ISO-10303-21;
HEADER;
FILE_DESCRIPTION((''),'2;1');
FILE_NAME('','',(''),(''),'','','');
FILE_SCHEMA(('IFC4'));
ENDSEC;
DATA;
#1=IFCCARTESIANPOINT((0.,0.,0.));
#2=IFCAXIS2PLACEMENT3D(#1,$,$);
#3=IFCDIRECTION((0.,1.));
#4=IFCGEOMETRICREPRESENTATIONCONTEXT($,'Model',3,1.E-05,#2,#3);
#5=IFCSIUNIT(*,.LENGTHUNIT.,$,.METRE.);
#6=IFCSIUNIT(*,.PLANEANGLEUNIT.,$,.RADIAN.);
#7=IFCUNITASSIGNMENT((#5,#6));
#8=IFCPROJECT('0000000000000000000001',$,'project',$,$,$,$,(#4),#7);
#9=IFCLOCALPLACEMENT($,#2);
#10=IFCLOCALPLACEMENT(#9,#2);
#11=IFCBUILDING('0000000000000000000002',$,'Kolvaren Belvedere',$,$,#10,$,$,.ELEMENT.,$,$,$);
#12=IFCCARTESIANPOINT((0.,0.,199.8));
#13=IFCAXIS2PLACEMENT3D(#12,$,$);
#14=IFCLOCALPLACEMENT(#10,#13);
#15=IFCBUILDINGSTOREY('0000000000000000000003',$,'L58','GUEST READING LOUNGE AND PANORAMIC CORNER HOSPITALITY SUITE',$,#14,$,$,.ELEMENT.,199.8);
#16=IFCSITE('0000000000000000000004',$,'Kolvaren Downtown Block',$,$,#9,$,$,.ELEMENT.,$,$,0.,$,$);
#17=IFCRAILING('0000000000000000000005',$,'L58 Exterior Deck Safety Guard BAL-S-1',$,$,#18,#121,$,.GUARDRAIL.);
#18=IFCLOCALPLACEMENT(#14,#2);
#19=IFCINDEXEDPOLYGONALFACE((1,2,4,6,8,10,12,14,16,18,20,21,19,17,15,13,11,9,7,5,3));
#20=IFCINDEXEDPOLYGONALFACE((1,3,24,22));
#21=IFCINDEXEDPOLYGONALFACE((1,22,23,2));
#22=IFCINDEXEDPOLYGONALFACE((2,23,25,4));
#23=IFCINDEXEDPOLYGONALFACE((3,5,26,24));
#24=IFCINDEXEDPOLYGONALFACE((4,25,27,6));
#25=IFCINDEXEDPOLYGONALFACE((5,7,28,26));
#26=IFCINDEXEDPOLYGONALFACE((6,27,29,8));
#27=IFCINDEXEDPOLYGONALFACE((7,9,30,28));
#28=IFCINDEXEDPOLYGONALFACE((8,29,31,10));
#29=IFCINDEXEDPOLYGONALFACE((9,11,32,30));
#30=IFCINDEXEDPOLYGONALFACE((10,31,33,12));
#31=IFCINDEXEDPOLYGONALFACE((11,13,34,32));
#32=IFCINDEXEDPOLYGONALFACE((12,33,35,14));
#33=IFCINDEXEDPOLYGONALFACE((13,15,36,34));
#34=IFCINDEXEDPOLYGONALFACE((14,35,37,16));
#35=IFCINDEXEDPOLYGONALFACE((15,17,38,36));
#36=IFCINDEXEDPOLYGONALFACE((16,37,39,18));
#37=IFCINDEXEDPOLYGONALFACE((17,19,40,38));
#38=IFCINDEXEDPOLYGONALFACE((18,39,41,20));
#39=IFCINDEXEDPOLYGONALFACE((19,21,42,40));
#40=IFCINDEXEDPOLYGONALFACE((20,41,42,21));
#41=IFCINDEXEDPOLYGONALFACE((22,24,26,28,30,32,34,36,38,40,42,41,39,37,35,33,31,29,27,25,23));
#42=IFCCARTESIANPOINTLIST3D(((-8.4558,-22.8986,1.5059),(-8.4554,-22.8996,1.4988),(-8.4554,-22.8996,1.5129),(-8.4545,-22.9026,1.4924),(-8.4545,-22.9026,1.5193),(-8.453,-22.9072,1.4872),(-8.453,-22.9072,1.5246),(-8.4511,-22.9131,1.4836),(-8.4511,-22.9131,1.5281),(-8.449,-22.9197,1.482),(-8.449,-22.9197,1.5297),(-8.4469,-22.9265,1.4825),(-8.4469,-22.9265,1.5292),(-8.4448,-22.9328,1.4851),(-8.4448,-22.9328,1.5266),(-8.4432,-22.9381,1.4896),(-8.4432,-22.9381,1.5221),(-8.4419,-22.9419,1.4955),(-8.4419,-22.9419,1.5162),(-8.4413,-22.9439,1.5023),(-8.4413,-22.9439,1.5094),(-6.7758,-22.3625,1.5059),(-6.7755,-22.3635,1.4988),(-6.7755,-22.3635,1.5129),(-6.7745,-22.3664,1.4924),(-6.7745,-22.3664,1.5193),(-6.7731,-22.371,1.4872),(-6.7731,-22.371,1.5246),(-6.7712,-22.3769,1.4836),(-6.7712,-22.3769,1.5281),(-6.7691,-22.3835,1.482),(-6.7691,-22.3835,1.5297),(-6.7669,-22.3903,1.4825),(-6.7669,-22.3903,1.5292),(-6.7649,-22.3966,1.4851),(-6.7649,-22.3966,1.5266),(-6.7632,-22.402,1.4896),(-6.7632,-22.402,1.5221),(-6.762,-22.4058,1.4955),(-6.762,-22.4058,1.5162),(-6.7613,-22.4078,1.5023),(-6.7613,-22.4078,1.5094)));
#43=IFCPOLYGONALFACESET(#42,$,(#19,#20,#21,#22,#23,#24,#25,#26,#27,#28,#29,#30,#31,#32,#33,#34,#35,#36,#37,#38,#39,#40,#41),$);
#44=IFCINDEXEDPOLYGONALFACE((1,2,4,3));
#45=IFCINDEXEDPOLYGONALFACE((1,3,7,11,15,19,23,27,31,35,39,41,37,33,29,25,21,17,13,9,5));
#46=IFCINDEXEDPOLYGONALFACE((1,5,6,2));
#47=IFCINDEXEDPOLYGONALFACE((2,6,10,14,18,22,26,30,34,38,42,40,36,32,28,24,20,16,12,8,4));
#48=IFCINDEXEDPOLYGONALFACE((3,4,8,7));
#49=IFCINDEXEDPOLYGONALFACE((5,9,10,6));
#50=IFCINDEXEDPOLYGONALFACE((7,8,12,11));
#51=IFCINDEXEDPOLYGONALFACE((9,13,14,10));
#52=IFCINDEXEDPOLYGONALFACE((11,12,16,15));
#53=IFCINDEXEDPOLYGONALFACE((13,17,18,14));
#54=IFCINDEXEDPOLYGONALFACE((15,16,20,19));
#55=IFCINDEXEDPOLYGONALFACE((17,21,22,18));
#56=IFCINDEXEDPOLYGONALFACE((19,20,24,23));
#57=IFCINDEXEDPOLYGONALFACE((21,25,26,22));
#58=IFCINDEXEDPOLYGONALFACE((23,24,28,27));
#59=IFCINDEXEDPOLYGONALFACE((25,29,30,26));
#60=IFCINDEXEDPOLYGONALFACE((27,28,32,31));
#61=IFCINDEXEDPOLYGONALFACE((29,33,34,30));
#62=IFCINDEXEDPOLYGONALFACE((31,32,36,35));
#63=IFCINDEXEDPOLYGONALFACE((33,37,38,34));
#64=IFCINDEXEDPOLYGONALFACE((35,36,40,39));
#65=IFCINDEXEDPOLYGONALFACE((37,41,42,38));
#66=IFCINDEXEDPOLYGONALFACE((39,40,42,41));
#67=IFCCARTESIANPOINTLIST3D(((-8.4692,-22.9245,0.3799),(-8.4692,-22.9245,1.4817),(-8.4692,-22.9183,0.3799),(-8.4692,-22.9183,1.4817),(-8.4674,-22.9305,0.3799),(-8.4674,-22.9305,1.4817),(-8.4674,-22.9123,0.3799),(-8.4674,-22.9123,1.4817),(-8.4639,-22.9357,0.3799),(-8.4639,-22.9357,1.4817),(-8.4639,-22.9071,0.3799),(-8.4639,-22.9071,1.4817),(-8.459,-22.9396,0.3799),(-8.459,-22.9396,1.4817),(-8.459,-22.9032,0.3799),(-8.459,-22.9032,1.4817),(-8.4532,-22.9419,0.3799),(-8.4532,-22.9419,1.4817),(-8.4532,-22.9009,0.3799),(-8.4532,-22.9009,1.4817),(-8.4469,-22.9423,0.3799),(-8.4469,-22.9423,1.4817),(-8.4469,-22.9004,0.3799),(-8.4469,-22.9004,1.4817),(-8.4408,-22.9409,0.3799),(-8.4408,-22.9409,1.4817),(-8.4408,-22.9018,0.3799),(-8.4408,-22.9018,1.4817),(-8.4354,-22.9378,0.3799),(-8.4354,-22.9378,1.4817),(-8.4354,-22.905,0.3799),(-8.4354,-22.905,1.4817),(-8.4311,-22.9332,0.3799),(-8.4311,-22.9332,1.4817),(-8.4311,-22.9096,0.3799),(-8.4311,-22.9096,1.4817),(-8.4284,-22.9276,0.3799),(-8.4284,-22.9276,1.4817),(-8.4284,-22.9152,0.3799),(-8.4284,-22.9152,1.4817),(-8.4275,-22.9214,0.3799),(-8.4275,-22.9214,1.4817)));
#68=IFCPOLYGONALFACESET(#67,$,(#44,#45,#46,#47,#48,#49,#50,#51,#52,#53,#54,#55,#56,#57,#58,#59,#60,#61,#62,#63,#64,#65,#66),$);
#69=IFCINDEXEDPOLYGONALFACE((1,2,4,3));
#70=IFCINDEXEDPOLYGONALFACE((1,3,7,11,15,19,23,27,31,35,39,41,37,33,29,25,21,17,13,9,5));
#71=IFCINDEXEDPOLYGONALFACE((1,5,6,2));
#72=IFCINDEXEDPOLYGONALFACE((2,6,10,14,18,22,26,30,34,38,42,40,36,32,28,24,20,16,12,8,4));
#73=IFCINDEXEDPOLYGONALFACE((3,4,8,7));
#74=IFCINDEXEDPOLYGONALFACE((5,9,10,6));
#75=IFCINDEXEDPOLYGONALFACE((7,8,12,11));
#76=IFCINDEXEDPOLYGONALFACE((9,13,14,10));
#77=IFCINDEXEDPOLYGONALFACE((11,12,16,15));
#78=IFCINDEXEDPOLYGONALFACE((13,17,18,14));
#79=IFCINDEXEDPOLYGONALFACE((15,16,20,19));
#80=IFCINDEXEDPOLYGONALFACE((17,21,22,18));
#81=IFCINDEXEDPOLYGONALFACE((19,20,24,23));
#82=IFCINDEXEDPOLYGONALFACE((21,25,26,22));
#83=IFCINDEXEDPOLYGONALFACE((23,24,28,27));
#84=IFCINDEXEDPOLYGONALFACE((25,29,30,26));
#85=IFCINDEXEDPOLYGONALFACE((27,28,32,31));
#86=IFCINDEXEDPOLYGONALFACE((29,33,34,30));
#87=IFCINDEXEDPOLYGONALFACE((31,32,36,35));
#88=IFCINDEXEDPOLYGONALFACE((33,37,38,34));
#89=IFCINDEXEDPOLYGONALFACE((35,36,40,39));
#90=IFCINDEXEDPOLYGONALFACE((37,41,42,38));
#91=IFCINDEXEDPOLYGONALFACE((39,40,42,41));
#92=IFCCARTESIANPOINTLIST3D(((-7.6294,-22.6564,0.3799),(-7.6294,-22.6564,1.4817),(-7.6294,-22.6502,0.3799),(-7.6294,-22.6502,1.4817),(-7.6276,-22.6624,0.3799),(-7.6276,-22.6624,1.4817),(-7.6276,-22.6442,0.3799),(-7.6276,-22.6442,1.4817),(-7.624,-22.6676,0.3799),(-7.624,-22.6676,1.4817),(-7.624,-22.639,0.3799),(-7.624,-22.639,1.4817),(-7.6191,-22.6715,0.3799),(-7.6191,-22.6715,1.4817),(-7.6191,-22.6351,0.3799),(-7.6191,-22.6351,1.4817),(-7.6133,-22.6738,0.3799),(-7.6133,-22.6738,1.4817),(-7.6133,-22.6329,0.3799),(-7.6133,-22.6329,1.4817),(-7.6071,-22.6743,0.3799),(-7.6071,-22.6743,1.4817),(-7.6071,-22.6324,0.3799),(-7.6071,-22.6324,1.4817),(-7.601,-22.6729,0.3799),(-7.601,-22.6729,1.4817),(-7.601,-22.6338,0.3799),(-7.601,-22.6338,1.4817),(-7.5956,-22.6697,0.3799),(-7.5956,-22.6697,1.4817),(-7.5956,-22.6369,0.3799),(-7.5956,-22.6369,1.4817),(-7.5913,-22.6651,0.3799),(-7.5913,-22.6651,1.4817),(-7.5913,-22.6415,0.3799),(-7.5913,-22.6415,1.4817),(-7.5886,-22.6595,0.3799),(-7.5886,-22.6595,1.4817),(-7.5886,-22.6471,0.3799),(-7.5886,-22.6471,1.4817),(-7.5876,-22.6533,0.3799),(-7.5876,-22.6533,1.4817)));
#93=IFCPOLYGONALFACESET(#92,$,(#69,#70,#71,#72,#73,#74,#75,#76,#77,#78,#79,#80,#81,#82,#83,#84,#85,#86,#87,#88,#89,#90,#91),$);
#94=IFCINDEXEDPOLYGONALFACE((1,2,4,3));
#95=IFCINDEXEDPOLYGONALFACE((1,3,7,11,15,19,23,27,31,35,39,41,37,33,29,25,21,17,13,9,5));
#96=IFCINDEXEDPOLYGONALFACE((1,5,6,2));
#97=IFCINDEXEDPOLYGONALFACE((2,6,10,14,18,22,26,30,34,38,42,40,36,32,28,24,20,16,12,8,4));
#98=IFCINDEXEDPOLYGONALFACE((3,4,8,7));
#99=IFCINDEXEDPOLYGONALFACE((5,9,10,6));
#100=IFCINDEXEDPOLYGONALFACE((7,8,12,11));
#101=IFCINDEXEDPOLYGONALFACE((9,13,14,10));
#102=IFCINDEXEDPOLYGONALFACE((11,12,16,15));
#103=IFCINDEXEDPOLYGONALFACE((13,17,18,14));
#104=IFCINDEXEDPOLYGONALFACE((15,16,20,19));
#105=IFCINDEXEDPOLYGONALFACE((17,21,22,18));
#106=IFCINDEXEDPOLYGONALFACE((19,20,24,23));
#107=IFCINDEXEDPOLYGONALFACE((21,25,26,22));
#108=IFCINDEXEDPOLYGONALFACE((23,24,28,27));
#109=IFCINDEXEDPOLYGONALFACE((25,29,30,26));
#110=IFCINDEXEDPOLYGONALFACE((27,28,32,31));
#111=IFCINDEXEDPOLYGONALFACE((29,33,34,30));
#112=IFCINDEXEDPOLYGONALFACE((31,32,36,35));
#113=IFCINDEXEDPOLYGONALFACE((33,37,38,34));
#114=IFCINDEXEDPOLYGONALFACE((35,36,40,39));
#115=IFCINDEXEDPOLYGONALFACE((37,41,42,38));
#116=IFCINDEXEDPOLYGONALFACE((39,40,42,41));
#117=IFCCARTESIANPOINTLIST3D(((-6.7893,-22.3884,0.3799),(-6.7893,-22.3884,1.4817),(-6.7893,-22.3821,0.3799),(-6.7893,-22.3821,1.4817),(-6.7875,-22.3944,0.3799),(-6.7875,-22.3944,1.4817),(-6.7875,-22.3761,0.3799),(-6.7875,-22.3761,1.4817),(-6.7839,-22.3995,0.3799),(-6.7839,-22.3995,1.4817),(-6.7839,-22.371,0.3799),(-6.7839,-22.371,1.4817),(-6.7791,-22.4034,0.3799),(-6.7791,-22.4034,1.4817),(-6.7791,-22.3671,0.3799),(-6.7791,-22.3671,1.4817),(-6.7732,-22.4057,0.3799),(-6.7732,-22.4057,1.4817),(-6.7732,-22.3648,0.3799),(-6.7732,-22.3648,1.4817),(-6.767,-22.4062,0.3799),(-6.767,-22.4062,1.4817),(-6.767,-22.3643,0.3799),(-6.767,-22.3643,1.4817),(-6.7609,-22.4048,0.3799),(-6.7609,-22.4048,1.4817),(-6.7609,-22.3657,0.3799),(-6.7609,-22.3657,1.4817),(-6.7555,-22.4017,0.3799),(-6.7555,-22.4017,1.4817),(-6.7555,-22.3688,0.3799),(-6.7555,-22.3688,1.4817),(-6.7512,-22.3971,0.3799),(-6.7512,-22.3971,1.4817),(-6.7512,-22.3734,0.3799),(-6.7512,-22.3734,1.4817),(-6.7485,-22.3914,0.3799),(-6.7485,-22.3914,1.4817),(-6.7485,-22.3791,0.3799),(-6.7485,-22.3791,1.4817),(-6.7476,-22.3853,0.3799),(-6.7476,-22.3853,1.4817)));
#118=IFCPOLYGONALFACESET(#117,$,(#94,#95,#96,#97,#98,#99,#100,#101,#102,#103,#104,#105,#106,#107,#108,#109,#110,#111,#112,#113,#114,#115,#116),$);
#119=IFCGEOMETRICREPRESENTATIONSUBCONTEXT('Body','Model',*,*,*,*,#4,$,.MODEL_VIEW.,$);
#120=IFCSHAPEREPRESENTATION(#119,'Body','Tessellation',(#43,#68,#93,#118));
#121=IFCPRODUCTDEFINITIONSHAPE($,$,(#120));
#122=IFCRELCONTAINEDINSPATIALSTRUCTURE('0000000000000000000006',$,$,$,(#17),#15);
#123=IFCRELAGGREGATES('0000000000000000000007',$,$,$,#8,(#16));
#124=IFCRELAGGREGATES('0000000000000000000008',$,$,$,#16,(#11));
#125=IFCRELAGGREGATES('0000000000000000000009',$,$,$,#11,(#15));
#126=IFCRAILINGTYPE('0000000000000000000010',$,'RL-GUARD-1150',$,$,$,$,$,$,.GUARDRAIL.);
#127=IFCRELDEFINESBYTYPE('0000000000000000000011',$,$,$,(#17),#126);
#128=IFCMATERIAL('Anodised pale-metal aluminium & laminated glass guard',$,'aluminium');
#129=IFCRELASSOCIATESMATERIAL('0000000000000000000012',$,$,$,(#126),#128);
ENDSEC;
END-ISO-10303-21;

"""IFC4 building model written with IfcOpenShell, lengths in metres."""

from ifc_helpers import new_model, si_unit, direction, frame, origin, origin_2d, place, context, subcontext, project, spatial, circle, extrude, material, type_object, element, save


model = new_model("IFC4")

# Units and contexts
model_context = context("Model", 3, precision=1e-05, world=origin(), true_north=direction((0.0, 1.0)))
body_context = subcontext(model_context, "Body", "Model", "MODEL_VIEW")
ifc_project = project(units=[si_unit("LENGTHUNIT", "METRE"), si_unit("PLANEANGLEUNIT", "RADIAN")], contexts=[model_context])

# Site, building, storey
site_placement = place(None, origin())
site = spatial("IfcSite", under=ifc_project, at=site_placement, Name="Kolvaren Downtown Block", CompositionType="ELEMENT", RefElevation=0.0)
building_placement = place(site_placement, origin())
building = spatial("IfcBuilding", under=site, at=building_placement, Name="Kolvaren Belvedere", CompositionType="ELEMENT")
storey_placement = place(building_placement, frame((0.0, 0.0, 199.8)))
storey = spatial("IfcBuildingStorey", under=building, at=storey_placement, Name="L58", Description="GUEST READING LOUNGE AND PANORAMIC CORNER HOSPITALITY SUITE", CompositionType="ELEMENT", Elevation=199.8)

# Railing
ifc_material_1 = material(Name="Anodised pale-metal aluminium & laminated glass guard", Category="aluminium")
railing_type = type_object("IfcRailingType", Name="RL-GUARD-1150", PredefinedType="GUARDRAIL", material=ifc_material_1)
railing_placement = place(storey_placement, frame((-8.4485, -22.9214, 0.3799)))
element("IfcRailing", 1, at=railing_placement, inside=storey, type_object=railing_type, Name="L58 Exterior Deck Safety Guard BAL-S-1", PredefinedType="GUARDRAIL", context=body_context, shape_type="SweptSolid", body=[
    extrude(circle(Radius=0.0239, at=origin_2d()), frame((0.0, 0.0, 1.126), z_axis=(0.952662, 0.304032, 0.0), x_axis=(-0.304032, 0.952662, 0.0)), (0.0, 0.0, 1.0), 1.7634),
    extrude(circle(Radius=0.021, at=origin_2d()), origin(), (0.0, 0.0, 1.0), 1.1018),
    extrude(circle(Radius=0.021, at=origin_2d()), frame((0.8398, 0.2681, 0.0)), (0.0, 0.0, 1.0), 1.1018),
    extrude(circle(Radius=0.021, at=origin_2d()), frame((1.6799, 0.5361, 0.0)), (0.0, 0.0, 1.0), 1.1018),
])

save(model, "model.ifc")
